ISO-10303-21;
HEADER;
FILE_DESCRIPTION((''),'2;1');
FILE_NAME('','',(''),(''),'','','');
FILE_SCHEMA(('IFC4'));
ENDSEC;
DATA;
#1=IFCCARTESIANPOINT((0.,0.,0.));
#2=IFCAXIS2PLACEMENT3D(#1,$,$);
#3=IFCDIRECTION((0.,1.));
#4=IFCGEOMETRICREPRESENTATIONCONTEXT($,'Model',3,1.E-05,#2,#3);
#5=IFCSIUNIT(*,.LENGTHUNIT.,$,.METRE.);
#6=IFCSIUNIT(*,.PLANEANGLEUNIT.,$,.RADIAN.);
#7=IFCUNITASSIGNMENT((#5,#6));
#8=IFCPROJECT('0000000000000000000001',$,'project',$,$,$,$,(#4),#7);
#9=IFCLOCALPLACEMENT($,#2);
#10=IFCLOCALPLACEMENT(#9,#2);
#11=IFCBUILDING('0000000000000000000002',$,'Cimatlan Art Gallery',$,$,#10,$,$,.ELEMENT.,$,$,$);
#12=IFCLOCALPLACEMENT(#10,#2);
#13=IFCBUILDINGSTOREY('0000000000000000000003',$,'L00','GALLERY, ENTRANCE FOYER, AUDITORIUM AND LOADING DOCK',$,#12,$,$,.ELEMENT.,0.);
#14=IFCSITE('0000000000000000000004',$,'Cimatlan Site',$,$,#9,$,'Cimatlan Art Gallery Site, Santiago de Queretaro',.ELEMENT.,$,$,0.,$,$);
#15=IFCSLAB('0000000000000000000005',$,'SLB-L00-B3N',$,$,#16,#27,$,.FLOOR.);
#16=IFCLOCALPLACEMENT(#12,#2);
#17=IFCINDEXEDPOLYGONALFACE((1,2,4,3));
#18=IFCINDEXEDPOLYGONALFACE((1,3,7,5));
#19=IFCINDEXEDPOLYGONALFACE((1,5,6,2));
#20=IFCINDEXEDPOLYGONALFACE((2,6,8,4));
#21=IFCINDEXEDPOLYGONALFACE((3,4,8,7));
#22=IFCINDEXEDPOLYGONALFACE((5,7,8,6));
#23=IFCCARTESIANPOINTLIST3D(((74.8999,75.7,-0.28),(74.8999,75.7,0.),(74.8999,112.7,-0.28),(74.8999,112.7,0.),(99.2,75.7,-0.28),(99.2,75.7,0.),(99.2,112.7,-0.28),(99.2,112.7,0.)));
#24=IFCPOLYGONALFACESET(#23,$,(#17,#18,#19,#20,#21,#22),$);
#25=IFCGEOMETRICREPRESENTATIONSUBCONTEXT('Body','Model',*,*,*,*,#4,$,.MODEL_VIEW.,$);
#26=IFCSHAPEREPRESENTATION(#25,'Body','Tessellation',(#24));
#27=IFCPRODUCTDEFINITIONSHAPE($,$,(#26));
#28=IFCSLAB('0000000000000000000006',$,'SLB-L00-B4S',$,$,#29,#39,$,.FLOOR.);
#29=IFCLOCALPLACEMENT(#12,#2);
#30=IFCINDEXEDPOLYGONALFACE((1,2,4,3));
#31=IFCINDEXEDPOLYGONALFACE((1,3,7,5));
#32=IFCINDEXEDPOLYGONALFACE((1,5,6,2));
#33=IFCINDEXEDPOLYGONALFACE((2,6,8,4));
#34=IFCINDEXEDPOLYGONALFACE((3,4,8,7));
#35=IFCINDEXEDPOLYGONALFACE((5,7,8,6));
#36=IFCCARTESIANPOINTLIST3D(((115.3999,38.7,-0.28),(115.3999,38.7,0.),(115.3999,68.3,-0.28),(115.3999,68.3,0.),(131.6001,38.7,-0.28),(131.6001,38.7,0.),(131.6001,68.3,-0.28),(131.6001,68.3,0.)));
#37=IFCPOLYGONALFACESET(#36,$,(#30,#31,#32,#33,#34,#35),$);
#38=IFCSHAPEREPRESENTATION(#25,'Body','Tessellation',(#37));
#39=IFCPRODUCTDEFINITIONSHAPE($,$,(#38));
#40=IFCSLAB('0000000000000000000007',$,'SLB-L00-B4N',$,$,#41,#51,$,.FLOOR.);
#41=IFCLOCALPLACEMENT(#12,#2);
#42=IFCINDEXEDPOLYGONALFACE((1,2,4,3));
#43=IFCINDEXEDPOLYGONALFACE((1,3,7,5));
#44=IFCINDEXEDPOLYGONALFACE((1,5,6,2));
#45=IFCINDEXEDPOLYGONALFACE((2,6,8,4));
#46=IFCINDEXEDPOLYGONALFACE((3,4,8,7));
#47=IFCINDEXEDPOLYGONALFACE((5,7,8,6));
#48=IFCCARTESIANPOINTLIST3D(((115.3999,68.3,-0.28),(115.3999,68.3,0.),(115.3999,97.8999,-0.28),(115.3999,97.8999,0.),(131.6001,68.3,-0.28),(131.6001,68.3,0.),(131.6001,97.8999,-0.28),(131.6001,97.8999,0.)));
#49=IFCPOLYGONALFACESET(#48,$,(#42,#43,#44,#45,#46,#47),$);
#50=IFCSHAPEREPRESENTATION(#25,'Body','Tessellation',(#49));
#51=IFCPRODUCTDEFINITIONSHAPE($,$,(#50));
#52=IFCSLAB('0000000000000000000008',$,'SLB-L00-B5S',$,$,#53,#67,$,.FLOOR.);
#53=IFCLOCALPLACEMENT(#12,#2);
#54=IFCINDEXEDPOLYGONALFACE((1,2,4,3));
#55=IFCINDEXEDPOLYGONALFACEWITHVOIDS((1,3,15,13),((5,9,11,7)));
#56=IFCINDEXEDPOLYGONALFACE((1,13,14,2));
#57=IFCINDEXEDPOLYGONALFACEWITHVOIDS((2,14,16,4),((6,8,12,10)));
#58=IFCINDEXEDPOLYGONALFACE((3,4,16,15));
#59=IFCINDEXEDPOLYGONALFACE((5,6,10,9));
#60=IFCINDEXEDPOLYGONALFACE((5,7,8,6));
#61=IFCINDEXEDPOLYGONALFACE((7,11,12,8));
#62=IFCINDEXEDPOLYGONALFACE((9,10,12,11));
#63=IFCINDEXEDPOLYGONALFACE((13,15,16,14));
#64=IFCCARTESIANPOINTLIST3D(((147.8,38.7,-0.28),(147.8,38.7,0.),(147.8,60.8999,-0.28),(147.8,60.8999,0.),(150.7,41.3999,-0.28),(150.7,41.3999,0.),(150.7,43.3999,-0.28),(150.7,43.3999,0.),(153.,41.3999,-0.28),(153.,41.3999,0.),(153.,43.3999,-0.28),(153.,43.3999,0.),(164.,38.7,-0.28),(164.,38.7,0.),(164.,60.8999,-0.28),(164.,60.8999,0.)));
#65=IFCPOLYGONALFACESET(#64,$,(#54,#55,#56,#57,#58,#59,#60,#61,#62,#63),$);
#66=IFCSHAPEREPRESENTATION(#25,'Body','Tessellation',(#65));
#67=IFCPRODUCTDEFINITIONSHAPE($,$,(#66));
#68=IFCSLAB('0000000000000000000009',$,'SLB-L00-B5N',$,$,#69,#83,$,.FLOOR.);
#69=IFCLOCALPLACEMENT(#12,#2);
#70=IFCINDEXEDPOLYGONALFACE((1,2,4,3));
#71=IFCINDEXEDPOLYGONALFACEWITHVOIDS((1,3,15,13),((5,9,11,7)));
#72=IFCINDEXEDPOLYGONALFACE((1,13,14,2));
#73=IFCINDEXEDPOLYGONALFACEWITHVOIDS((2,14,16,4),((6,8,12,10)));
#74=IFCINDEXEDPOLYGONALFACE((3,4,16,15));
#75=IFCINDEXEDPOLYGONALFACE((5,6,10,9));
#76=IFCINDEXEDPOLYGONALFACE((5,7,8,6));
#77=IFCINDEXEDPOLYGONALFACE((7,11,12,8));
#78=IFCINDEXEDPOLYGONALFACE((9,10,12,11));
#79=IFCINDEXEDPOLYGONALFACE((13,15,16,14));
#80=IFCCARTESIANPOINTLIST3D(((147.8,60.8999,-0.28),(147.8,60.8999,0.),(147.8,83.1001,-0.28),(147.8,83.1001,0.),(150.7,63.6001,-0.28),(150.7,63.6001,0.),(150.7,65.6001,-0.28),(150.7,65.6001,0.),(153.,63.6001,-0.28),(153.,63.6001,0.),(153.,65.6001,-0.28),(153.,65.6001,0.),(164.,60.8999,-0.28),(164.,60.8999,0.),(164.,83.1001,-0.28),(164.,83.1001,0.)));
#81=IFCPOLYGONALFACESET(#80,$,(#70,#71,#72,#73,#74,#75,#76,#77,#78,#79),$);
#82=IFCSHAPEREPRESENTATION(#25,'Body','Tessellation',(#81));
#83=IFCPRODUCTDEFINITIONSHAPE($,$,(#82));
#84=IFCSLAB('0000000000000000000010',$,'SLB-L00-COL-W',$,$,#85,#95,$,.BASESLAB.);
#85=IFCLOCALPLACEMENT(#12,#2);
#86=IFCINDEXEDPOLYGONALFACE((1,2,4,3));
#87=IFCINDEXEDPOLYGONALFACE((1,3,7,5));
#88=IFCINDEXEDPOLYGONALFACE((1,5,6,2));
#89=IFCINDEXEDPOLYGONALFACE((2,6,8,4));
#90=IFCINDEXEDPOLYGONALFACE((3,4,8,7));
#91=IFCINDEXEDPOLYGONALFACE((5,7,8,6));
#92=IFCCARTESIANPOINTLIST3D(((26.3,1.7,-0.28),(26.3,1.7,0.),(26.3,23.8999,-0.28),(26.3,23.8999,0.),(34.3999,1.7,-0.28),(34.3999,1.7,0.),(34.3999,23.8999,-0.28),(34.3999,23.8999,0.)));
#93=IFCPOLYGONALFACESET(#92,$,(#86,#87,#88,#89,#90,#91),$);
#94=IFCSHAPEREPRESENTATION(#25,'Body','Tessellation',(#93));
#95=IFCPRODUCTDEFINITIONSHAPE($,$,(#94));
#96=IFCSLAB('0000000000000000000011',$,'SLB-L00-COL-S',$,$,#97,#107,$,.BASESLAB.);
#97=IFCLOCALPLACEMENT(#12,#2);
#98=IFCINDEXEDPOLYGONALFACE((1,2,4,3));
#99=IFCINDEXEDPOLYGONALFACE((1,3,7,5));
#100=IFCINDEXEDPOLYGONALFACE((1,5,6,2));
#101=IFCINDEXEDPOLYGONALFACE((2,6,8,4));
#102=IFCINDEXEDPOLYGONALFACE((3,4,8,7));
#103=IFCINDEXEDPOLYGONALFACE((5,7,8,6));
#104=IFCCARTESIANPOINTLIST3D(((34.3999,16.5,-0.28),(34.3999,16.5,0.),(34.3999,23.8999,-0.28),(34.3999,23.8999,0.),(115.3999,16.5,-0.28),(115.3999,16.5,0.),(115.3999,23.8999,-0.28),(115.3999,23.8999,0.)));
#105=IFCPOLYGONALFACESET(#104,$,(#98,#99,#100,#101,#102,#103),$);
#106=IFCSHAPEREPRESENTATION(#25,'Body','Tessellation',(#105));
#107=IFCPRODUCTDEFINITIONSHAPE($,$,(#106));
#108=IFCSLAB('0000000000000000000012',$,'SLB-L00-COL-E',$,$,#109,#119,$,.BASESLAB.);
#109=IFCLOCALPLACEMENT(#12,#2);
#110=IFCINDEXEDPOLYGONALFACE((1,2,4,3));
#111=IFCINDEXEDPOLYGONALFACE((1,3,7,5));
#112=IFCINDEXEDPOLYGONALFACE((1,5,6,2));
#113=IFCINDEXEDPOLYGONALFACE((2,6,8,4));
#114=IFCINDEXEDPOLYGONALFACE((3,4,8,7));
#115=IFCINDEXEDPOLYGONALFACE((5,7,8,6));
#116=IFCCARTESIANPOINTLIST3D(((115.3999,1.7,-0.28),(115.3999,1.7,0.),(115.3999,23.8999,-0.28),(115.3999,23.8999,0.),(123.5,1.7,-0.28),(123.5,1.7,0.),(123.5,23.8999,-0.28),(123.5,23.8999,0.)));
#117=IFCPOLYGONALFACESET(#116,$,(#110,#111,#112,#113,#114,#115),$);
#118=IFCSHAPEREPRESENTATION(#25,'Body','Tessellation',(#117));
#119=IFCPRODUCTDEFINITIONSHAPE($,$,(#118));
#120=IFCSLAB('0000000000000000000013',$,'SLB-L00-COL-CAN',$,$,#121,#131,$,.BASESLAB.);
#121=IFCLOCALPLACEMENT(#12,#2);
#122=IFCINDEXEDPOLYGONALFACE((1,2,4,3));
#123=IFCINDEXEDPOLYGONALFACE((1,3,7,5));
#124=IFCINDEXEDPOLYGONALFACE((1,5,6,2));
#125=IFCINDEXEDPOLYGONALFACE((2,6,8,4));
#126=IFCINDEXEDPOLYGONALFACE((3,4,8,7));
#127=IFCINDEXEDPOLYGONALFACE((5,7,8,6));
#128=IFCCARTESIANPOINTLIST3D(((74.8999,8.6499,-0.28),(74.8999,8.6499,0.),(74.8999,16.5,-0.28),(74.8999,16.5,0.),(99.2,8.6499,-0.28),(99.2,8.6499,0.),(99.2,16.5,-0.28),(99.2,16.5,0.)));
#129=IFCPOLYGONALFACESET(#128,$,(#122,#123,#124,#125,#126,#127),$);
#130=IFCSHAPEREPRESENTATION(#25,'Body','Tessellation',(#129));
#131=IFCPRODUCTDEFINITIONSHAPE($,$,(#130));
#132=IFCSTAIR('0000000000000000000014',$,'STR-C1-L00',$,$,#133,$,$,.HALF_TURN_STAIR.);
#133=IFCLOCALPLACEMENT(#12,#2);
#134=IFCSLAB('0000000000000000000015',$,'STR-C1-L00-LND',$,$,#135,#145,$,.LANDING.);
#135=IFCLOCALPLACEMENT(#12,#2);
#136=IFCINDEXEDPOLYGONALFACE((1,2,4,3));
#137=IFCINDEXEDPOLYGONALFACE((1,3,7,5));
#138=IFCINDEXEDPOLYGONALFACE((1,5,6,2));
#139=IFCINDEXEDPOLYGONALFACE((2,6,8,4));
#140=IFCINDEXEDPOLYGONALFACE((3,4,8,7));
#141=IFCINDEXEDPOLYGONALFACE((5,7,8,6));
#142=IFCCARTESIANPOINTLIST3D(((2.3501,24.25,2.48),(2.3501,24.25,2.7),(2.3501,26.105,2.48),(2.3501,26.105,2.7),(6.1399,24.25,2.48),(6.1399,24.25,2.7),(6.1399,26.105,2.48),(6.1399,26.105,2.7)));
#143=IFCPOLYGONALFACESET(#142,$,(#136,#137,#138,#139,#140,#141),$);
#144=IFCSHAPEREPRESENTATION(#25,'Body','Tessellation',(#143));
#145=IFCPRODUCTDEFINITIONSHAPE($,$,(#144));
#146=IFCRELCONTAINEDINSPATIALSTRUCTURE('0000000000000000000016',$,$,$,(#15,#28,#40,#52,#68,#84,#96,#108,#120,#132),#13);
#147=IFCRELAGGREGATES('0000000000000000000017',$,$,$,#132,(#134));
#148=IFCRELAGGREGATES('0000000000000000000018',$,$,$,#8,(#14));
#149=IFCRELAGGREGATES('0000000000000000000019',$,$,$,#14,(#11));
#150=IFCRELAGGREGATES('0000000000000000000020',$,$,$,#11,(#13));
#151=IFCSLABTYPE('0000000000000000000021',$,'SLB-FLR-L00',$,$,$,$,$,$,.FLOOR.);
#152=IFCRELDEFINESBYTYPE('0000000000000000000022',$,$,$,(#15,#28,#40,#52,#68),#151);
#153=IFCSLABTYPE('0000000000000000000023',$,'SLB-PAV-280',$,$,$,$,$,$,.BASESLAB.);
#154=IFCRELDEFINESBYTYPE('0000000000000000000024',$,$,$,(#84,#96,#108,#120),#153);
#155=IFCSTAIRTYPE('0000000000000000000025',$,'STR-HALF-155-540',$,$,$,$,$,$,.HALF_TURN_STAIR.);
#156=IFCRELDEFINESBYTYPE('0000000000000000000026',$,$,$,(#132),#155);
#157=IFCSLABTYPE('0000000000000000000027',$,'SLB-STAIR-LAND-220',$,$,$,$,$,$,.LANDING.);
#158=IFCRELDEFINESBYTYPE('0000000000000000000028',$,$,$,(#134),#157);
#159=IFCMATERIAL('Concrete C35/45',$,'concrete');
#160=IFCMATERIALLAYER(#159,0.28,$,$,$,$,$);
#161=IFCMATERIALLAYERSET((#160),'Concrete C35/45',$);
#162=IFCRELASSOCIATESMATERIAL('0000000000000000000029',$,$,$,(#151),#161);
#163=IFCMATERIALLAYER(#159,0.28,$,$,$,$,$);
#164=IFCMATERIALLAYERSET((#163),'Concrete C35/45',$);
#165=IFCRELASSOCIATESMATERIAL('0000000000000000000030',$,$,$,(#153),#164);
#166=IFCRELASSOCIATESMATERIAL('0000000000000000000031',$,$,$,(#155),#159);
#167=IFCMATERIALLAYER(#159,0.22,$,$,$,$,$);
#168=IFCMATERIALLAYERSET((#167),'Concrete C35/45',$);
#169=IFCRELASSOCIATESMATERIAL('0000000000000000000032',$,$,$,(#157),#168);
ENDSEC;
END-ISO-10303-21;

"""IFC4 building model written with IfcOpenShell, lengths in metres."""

from ifc_helpers import new_model, si_unit, direction, frame, origin, place, context, subcontext, project, spatial, polyline, outline, extrude, material, layer, layer_set, type_object, element, aggregate, save


model = new_model("IFC4")

# Units and contexts
model_context = context("Model", 3, precision=1e-05, world=origin(), true_north=direction((0.0, 1.0)))
body_context = subcontext(model_context, "Body", "Model", "MODEL_VIEW")
ifc_project = project(units=[si_unit("LENGTHUNIT", "METRE"), si_unit("PLANEANGLEUNIT", "RADIAN")], contexts=[model_context])

# Site, building, storey
site_placement = place(None, origin())
site = spatial("IfcSite", under=ifc_project, at=site_placement, Name="Cimatlan Site", LongName="Cimatlan Art Gallery Site, Santiago de Queretaro", CompositionType="ELEMENT", RefElevation=0.0)
building_placement = place(site_placement, origin())
building = spatial("IfcBuilding", under=site, at=building_placement, Name="Cimatlan Art Gallery", CompositionType="ELEMENT")
storey_placement = place(building_placement, origin())
storey = spatial("IfcBuildingStorey", under=building, at=storey_placement, Name="L00", Description="GALLERY, ENTRANCE FOYER, AUDITORIUM AND LOADING DOCK", CompositionType="ELEMENT", Elevation=0.0)

# Slabs
ifc_material = material(Name="Concrete C35/45", Category="concrete")
ifc_layer_1 = layer(ifc_material, 0.28)
ifc_layer_set_1 = layer_set([ifc_layer_1], Name="Concrete C35/45")
slab_type_1 = type_object("IfcSlabType", Name="SLB-FLR-L00", PredefinedType="FLOOR", material=ifc_layer_set_1)
slab_1_placement = place(storey_placement, frame((0.0, 0.0, -0.28)))
element("IfcSlab", 1, at=slab_1_placement, inside=storey, type_object=slab_type_1, Name="SLB-L00-B3N", PredefinedType="FLOOR", context=body_context, shape_type="SweptSolid", body=[
    extrude(outline(polyline([(74.8999, 75.7), (99.2, 75.7), (99.2, 112.7), (74.8999, 112.7), (74.8999, 75.7)])), origin(), (0.0, 0.0, 1.0), 0.28),
])
slab_2_placement = place(storey_placement, frame((0.0, 0.0, -0.28)))
element("IfcSlab", 2, at=slab_2_placement, inside=storey, type_object=slab_type_1, Name="SLB-L00-B4S", PredefinedType="FLOOR", context=body_context, shape_type="SweptSolid", body=[
    extrude(outline(polyline([(115.3999, 38.7), (131.6001, 38.7), (131.6001, 68.3), (115.3999, 68.3), (115.3999, 38.7)])), origin(), (0.0, 0.0, 1.0), 0.28),
])
slab_3_placement = place(storey_placement, frame((0.0, 0.0, -0.28)))
element("IfcSlab", 3, at=slab_3_placement, inside=storey, type_object=slab_type_1, Name="SLB-L00-B4N", PredefinedType="FLOOR", context=body_context, shape_type="SweptSolid", body=[
    extrude(outline(polyline([(115.3999, 68.3), (131.6001, 68.3), (131.6001, 97.8999), (115.3999, 97.8999), (115.3999, 68.3)])), origin(), (0.0, 0.0, 1.0), 0.28),
])
slab_4_placement = place(storey_placement, frame((0.0, 0.0, -0.28)))
element("IfcSlab", 4, at=slab_4_placement, inside=storey, type_object=slab_type_1, Name="SLB-L00-B5S", PredefinedType="FLOOR", context=body_context, shape_type="SweptSolid", body=[
    extrude(outline(polyline([(147.8, 38.7), (164.0, 38.7), (164.0, 60.8999), (147.8, 60.8999), (147.8, 38.7)]), holes=[polyline([(150.7, 41.3999), (153.0, 41.3999), (153.0, 43.3999), (150.7, 43.3999), (150.7, 41.3999)])]), origin(), (0.0, 0.0, 1.0), 0.28),
])
slab_5_placement = place(storey_placement, frame((0.0, 0.0, -0.28)))
element("IfcSlab", 5, at=slab_5_placement, inside=storey, type_object=slab_type_1, Name="SLB-L00-B5N", PredefinedType="FLOOR", context=body_context, shape_type="SweptSolid", body=[
    extrude(outline(polyline([(147.8, 60.8999), (164.0, 60.8999), (164.0, 83.1001), (147.8, 83.1001), (147.8, 60.8999)]), holes=[polyline([(150.7, 63.6001), (153.0, 63.6001), (153.0, 65.6001), (150.7, 65.6001), (150.7, 63.6001)])]), origin(), (0.0, 0.0, 1.0), 0.28),
])
ifc_layer_2 = layer(ifc_material, 0.28)
ifc_layer_set_2 = layer_set([ifc_layer_2], Name="Concrete C35/45")
slab_type_2 = type_object("IfcSlabType", Name="SLB-PAV-280", PredefinedType="BASESLAB", material=ifc_layer_set_2)
slab_6_placement = place(storey_placement, frame((0.0, 0.0, -0.28)))
element("IfcSlab", 6, at=slab_6_placement, inside=storey, type_object=slab_type_2, Name="SLB-L00-COL-W", PredefinedType="BASESLAB", context=body_context, shape_type="SweptSolid", body=[
    extrude(outline(polyline([(26.3, 1.7), (34.3999, 1.7), (34.3999, 23.8999), (26.3, 23.8999), (26.3, 1.7)])), origin(), (0.0, 0.0, 1.0), 0.28),
])
slab_7_placement = place(storey_placement, frame((0.0, 0.0, -0.28)))
element("IfcSlab", 7, at=slab_7_placement, inside=storey, type_object=slab_type_2, Name="SLB-L00-COL-S", PredefinedType="BASESLAB", context=body_context, shape_type="SweptSolid", body=[
    extrude(outline(polyline([(34.3999, 16.5), (115.3999, 16.5), (115.3999, 23.8999), (34.3999, 23.8999), (34.3999, 16.5)])), origin(), (0.0, 0.0, 1.0), 0.28),
])
slab_8_placement = place(storey_placement, frame((0.0, 0.0, -0.28)))
element("IfcSlab", 8, at=slab_8_placement, inside=storey, type_object=slab_type_2, Name="SLB-L00-COL-E", PredefinedType="BASESLAB", context=body_context, shape_type="SweptSolid", body=[
    extrude(outline(polyline([(115.3999, 1.7), (123.5, 1.7), (123.5, 23.8999), (115.3999, 23.8999), (115.3999, 1.7)])), origin(), (0.0, 0.0, 1.0), 0.28),
])
slab_9_placement = place(storey_placement, frame((0.0, 0.0, -0.28)))
element("IfcSlab", 9, at=slab_9_placement, inside=storey, type_object=slab_type_2, Name="SLB-L00-COL-CAN", PredefinedType="BASESLAB", context=body_context, shape_type="SweptSolid", body=[
    extrude(outline(polyline([(74.8999, 8.6499), (99.2, 8.6499), (99.2, 16.5), (74.8999, 16.5), (74.8999, 8.6499)])), origin(), (0.0, 0.0, 1.0), 0.28),
])

# Stair, slab
stair_type = type_object("IfcStairType", Name="STR-HALF-155-540", PredefinedType="HALF_TURN_STAIR", material=ifc_material)
stair_placement = place(storey_placement, origin())
stair = element("IfcStair", 10, at=stair_placement, inside=storey, type_object=stair_type, Name="STR-C1-L00", PredefinedType="HALF_TURN_STAIR")
ifc_layer_3 = layer(ifc_material, 0.22)
ifc_layer_set_3 = layer_set([ifc_layer_3], Name="Concrete C35/45")
slab_type_3 = type_object("IfcSlabType", Name="SLB-STAIR-LAND-220", PredefinedType="LANDING", material=ifc_layer_set_3)
slab_10_placement = place(storey_placement, frame((0.0, 0.0, 2.48)))
slab_10 = element("IfcSlab", 11, at=slab_10_placement, type_object=slab_type_3, Name="STR-C1-L00-LND", PredefinedType="LANDING", context=body_context, shape_type="SweptSolid", body=[
    extrude(outline(polyline([(2.3501, 24.25), (6.1399, 24.25), (6.1399, 26.105), (2.3501, 26.105), (2.3501, 24.25)])), origin(), (0.0, 0.0, 1.0), 0.22),
])
aggregate(stair, [slab_10])

save(model, "model.ifc")
